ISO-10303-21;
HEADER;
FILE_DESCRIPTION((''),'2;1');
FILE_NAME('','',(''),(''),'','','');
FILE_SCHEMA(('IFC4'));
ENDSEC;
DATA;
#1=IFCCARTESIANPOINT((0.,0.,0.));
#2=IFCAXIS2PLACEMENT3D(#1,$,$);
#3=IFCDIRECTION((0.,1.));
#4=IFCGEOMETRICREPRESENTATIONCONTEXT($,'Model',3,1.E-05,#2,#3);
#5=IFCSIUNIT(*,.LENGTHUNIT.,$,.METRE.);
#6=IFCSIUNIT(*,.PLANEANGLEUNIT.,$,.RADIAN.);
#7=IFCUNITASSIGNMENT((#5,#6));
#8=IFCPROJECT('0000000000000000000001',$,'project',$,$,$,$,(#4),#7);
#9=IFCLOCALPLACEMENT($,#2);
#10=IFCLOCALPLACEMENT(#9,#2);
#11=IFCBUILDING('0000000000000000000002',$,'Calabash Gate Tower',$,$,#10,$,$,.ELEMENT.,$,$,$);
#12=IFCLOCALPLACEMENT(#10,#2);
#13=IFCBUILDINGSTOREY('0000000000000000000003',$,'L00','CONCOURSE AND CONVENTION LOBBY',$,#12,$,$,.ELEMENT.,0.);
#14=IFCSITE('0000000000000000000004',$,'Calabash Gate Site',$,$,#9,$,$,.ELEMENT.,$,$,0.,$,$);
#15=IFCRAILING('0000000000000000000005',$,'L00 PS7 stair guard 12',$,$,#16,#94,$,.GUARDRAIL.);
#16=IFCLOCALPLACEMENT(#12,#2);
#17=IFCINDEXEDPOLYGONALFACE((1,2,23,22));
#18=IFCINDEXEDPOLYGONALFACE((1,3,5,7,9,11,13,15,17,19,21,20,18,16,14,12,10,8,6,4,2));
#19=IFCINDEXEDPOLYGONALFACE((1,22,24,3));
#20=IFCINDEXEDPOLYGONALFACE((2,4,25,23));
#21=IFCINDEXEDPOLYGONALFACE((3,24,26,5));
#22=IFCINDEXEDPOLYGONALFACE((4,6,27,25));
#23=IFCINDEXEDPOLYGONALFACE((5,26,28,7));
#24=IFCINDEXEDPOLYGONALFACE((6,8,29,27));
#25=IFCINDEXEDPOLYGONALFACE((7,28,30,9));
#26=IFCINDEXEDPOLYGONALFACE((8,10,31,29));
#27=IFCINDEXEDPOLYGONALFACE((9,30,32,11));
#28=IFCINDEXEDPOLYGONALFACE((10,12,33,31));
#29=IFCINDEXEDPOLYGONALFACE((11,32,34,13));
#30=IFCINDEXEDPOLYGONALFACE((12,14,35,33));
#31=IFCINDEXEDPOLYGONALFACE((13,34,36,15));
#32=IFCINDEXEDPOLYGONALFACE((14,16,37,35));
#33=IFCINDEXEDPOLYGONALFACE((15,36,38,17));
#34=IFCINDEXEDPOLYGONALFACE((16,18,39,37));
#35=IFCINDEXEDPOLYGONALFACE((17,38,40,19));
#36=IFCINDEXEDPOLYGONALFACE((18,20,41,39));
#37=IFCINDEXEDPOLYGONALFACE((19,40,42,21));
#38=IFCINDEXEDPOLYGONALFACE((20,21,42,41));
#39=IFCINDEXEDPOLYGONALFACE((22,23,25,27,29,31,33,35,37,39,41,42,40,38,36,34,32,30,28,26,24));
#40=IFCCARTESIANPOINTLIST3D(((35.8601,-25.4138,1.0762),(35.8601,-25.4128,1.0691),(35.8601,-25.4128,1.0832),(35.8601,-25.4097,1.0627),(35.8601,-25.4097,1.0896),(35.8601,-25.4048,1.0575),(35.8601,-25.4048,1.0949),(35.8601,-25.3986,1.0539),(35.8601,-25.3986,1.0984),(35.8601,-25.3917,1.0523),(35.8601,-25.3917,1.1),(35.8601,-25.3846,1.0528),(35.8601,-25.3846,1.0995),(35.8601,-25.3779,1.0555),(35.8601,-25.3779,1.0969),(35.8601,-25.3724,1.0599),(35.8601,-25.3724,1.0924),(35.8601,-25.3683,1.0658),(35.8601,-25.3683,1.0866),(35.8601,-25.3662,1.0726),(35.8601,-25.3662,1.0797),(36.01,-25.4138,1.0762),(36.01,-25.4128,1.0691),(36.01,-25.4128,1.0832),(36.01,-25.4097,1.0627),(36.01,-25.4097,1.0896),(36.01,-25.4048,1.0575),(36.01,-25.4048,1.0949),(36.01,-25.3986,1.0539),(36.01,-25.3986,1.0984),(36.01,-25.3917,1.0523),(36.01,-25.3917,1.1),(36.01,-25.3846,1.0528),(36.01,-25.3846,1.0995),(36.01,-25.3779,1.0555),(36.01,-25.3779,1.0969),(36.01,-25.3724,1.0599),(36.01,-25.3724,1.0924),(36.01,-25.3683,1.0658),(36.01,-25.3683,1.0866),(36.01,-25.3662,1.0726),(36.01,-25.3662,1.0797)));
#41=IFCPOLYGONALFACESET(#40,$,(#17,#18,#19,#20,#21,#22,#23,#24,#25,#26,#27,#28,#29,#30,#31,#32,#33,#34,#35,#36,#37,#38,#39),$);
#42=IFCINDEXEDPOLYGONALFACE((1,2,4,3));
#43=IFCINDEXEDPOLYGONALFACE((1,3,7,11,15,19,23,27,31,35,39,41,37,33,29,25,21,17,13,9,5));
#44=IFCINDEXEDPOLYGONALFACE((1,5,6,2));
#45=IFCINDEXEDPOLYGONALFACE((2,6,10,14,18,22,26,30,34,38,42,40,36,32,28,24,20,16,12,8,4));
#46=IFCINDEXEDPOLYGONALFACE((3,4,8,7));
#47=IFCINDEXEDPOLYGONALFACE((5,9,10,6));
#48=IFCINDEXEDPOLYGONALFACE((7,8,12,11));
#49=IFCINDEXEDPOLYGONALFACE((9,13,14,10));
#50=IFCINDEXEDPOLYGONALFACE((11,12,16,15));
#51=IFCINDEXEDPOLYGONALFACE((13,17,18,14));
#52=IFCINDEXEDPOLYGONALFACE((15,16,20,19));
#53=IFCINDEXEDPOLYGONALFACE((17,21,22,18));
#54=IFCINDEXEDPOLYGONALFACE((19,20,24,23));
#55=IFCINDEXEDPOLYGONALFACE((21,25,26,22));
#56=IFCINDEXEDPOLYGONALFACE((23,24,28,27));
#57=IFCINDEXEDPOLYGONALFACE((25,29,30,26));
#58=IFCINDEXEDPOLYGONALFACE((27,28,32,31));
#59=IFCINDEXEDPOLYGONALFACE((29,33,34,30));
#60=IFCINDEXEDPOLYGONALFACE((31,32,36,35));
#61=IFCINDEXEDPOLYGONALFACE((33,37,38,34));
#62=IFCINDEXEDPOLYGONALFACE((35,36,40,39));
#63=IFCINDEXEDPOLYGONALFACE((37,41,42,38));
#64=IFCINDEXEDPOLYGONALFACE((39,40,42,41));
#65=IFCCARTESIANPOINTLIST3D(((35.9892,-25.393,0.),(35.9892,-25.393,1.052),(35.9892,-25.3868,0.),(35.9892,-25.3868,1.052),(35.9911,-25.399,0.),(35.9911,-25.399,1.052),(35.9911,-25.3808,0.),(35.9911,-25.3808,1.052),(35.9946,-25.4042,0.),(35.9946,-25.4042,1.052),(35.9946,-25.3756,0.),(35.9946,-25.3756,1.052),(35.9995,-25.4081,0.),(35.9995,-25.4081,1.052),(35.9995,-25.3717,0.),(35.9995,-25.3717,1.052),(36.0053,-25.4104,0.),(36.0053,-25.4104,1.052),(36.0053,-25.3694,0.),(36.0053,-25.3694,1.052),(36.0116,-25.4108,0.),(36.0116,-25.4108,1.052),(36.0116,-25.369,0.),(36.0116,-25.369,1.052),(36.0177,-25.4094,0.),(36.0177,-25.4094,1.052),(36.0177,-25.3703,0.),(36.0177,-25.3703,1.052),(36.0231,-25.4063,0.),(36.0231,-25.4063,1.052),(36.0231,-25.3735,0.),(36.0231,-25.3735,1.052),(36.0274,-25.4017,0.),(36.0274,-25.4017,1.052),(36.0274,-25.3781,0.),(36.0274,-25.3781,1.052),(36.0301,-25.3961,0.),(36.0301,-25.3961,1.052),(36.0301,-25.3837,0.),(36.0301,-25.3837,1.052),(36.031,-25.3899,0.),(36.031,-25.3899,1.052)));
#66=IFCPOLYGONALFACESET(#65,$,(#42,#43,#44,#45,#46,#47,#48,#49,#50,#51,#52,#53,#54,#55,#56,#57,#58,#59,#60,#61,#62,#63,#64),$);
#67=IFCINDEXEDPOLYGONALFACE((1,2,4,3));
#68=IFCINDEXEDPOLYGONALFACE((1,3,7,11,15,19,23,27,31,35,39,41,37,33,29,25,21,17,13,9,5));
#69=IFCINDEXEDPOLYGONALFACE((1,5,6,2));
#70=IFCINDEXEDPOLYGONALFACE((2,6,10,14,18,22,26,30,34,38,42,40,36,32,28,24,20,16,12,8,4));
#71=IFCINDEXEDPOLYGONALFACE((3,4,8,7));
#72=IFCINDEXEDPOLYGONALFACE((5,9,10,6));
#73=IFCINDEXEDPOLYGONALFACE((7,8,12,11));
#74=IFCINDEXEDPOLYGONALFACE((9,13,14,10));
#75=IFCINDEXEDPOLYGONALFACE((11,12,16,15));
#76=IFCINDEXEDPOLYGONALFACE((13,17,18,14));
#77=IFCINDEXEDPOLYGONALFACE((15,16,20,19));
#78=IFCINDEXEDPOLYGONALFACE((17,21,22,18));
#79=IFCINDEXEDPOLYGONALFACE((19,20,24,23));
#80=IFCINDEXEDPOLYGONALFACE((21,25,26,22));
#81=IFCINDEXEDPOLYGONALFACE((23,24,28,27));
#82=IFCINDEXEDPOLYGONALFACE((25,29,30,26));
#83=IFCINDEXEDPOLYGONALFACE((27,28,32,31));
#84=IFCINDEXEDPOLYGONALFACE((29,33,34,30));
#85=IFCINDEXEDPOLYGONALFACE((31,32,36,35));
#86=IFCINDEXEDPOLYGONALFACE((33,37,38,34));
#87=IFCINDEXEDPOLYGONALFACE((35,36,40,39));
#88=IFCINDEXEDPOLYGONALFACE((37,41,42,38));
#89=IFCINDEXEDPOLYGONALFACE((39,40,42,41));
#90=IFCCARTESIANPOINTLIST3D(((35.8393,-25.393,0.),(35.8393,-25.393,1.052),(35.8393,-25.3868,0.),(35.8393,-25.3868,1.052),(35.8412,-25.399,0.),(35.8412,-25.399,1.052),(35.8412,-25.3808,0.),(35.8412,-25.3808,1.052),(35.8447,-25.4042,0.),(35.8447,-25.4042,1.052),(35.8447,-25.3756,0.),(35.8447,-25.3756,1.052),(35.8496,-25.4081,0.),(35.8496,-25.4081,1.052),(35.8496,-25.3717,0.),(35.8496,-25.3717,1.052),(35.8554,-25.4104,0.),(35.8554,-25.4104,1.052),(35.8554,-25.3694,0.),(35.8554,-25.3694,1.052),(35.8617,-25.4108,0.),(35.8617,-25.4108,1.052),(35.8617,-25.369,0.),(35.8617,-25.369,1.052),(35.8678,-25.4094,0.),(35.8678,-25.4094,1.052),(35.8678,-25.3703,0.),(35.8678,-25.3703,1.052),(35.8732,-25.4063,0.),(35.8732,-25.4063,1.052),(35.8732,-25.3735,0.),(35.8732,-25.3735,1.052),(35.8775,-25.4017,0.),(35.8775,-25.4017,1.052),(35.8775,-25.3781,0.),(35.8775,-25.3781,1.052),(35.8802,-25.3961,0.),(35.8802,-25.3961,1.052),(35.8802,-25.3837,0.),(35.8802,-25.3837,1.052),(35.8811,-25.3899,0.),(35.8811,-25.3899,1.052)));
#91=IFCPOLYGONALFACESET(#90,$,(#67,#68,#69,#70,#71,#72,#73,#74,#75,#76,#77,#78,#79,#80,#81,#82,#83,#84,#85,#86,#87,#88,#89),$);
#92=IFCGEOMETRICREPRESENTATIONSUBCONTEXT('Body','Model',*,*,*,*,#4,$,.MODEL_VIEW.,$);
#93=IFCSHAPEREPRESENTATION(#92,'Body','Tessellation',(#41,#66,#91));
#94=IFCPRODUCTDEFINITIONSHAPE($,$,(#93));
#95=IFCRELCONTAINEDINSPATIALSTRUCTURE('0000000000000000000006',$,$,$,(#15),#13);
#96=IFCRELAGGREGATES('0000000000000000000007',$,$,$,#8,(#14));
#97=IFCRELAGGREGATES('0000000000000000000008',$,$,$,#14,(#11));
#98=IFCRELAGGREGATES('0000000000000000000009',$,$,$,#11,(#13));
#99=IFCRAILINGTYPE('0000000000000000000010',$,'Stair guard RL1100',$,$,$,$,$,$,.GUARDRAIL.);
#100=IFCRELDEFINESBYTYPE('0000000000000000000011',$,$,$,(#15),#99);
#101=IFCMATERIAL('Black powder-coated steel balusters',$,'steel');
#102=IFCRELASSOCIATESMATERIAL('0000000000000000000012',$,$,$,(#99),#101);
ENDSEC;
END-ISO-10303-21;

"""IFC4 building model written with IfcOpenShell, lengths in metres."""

from ifc_helpers import new_model, si_unit, direction, frame, origin, origin_2d, place, context, subcontext, project, spatial, circle, extrude, material, type_object, element, save


model = new_model("IFC4")

# Units and contexts
model_context = context("Model", 3, precision=1e-05, world=origin(), true_north=direction((0.0, 1.0)))
body_context = subcontext(model_context, "Body", "Model", "MODEL_VIEW")
ifc_project = project(units=[si_unit("LENGTHUNIT", "METRE"), si_unit("PLANEANGLEUNIT", "RADIAN")], contexts=[model_context])

# Site, building, storey
site_placement = place(None, origin())
site = spatial("IfcSite", under=ifc_project, at=site_placement, Name="Calabash Gate Site", CompositionType="ELEMENT", RefElevation=0.0)
building_placement = place(site_placement, origin())
building = spatial("IfcBuilding", under=site, at=building_placement, Name="Calabash Gate Tower", CompositionType="ELEMENT")
storey_placement = place(building_placement, origin())
storey = spatial("IfcBuildingStorey", under=building, at=storey_placement, Name="L00", Description="CONCOURSE AND CONVENTION LOBBY", CompositionType="ELEMENT", Elevation=0.0)

# Railing
ifc_material_1 = material(Name="Black powder-coated steel balusters", Category="steel")
railing_type_1 = type_object("IfcRailingType", Name="Stair guard RL1100", PredefinedType="GUARDRAIL", material=ifc_material_1)
railing_1_placement = place(storey_placement, frame((36.01, -25.3899, 0.0)))
element("IfcRailing", 1, at=railing_1_placement, inside=storey, type_object=railing_type_1, Name="L00 PS7 stair guard 12", PredefinedType="GUARDRAIL", context=body_context, shape_type="SweptSolid", body=[
    extrude(circle(Radius=0.0239, at=origin_2d()), frame((0.0, 0.0, 1.0762), z_axis=(-1.0, 0.0, 0.0), x_axis=(0.0, -1.0, 0.0)), (0.0, 0.0, 1.0), 0.1499),
    extrude(circle(Radius=0.021, at=origin_2d()), origin(), (0.0, 0.0, 1.0), 1.052),
    extrude(circle(Radius=0.021, at=origin_2d()), frame((-0.1499, 0.0, 0.0)), (0.0, 0.0, 1.0), 1.052),
])

save(model, "model.ifc")
